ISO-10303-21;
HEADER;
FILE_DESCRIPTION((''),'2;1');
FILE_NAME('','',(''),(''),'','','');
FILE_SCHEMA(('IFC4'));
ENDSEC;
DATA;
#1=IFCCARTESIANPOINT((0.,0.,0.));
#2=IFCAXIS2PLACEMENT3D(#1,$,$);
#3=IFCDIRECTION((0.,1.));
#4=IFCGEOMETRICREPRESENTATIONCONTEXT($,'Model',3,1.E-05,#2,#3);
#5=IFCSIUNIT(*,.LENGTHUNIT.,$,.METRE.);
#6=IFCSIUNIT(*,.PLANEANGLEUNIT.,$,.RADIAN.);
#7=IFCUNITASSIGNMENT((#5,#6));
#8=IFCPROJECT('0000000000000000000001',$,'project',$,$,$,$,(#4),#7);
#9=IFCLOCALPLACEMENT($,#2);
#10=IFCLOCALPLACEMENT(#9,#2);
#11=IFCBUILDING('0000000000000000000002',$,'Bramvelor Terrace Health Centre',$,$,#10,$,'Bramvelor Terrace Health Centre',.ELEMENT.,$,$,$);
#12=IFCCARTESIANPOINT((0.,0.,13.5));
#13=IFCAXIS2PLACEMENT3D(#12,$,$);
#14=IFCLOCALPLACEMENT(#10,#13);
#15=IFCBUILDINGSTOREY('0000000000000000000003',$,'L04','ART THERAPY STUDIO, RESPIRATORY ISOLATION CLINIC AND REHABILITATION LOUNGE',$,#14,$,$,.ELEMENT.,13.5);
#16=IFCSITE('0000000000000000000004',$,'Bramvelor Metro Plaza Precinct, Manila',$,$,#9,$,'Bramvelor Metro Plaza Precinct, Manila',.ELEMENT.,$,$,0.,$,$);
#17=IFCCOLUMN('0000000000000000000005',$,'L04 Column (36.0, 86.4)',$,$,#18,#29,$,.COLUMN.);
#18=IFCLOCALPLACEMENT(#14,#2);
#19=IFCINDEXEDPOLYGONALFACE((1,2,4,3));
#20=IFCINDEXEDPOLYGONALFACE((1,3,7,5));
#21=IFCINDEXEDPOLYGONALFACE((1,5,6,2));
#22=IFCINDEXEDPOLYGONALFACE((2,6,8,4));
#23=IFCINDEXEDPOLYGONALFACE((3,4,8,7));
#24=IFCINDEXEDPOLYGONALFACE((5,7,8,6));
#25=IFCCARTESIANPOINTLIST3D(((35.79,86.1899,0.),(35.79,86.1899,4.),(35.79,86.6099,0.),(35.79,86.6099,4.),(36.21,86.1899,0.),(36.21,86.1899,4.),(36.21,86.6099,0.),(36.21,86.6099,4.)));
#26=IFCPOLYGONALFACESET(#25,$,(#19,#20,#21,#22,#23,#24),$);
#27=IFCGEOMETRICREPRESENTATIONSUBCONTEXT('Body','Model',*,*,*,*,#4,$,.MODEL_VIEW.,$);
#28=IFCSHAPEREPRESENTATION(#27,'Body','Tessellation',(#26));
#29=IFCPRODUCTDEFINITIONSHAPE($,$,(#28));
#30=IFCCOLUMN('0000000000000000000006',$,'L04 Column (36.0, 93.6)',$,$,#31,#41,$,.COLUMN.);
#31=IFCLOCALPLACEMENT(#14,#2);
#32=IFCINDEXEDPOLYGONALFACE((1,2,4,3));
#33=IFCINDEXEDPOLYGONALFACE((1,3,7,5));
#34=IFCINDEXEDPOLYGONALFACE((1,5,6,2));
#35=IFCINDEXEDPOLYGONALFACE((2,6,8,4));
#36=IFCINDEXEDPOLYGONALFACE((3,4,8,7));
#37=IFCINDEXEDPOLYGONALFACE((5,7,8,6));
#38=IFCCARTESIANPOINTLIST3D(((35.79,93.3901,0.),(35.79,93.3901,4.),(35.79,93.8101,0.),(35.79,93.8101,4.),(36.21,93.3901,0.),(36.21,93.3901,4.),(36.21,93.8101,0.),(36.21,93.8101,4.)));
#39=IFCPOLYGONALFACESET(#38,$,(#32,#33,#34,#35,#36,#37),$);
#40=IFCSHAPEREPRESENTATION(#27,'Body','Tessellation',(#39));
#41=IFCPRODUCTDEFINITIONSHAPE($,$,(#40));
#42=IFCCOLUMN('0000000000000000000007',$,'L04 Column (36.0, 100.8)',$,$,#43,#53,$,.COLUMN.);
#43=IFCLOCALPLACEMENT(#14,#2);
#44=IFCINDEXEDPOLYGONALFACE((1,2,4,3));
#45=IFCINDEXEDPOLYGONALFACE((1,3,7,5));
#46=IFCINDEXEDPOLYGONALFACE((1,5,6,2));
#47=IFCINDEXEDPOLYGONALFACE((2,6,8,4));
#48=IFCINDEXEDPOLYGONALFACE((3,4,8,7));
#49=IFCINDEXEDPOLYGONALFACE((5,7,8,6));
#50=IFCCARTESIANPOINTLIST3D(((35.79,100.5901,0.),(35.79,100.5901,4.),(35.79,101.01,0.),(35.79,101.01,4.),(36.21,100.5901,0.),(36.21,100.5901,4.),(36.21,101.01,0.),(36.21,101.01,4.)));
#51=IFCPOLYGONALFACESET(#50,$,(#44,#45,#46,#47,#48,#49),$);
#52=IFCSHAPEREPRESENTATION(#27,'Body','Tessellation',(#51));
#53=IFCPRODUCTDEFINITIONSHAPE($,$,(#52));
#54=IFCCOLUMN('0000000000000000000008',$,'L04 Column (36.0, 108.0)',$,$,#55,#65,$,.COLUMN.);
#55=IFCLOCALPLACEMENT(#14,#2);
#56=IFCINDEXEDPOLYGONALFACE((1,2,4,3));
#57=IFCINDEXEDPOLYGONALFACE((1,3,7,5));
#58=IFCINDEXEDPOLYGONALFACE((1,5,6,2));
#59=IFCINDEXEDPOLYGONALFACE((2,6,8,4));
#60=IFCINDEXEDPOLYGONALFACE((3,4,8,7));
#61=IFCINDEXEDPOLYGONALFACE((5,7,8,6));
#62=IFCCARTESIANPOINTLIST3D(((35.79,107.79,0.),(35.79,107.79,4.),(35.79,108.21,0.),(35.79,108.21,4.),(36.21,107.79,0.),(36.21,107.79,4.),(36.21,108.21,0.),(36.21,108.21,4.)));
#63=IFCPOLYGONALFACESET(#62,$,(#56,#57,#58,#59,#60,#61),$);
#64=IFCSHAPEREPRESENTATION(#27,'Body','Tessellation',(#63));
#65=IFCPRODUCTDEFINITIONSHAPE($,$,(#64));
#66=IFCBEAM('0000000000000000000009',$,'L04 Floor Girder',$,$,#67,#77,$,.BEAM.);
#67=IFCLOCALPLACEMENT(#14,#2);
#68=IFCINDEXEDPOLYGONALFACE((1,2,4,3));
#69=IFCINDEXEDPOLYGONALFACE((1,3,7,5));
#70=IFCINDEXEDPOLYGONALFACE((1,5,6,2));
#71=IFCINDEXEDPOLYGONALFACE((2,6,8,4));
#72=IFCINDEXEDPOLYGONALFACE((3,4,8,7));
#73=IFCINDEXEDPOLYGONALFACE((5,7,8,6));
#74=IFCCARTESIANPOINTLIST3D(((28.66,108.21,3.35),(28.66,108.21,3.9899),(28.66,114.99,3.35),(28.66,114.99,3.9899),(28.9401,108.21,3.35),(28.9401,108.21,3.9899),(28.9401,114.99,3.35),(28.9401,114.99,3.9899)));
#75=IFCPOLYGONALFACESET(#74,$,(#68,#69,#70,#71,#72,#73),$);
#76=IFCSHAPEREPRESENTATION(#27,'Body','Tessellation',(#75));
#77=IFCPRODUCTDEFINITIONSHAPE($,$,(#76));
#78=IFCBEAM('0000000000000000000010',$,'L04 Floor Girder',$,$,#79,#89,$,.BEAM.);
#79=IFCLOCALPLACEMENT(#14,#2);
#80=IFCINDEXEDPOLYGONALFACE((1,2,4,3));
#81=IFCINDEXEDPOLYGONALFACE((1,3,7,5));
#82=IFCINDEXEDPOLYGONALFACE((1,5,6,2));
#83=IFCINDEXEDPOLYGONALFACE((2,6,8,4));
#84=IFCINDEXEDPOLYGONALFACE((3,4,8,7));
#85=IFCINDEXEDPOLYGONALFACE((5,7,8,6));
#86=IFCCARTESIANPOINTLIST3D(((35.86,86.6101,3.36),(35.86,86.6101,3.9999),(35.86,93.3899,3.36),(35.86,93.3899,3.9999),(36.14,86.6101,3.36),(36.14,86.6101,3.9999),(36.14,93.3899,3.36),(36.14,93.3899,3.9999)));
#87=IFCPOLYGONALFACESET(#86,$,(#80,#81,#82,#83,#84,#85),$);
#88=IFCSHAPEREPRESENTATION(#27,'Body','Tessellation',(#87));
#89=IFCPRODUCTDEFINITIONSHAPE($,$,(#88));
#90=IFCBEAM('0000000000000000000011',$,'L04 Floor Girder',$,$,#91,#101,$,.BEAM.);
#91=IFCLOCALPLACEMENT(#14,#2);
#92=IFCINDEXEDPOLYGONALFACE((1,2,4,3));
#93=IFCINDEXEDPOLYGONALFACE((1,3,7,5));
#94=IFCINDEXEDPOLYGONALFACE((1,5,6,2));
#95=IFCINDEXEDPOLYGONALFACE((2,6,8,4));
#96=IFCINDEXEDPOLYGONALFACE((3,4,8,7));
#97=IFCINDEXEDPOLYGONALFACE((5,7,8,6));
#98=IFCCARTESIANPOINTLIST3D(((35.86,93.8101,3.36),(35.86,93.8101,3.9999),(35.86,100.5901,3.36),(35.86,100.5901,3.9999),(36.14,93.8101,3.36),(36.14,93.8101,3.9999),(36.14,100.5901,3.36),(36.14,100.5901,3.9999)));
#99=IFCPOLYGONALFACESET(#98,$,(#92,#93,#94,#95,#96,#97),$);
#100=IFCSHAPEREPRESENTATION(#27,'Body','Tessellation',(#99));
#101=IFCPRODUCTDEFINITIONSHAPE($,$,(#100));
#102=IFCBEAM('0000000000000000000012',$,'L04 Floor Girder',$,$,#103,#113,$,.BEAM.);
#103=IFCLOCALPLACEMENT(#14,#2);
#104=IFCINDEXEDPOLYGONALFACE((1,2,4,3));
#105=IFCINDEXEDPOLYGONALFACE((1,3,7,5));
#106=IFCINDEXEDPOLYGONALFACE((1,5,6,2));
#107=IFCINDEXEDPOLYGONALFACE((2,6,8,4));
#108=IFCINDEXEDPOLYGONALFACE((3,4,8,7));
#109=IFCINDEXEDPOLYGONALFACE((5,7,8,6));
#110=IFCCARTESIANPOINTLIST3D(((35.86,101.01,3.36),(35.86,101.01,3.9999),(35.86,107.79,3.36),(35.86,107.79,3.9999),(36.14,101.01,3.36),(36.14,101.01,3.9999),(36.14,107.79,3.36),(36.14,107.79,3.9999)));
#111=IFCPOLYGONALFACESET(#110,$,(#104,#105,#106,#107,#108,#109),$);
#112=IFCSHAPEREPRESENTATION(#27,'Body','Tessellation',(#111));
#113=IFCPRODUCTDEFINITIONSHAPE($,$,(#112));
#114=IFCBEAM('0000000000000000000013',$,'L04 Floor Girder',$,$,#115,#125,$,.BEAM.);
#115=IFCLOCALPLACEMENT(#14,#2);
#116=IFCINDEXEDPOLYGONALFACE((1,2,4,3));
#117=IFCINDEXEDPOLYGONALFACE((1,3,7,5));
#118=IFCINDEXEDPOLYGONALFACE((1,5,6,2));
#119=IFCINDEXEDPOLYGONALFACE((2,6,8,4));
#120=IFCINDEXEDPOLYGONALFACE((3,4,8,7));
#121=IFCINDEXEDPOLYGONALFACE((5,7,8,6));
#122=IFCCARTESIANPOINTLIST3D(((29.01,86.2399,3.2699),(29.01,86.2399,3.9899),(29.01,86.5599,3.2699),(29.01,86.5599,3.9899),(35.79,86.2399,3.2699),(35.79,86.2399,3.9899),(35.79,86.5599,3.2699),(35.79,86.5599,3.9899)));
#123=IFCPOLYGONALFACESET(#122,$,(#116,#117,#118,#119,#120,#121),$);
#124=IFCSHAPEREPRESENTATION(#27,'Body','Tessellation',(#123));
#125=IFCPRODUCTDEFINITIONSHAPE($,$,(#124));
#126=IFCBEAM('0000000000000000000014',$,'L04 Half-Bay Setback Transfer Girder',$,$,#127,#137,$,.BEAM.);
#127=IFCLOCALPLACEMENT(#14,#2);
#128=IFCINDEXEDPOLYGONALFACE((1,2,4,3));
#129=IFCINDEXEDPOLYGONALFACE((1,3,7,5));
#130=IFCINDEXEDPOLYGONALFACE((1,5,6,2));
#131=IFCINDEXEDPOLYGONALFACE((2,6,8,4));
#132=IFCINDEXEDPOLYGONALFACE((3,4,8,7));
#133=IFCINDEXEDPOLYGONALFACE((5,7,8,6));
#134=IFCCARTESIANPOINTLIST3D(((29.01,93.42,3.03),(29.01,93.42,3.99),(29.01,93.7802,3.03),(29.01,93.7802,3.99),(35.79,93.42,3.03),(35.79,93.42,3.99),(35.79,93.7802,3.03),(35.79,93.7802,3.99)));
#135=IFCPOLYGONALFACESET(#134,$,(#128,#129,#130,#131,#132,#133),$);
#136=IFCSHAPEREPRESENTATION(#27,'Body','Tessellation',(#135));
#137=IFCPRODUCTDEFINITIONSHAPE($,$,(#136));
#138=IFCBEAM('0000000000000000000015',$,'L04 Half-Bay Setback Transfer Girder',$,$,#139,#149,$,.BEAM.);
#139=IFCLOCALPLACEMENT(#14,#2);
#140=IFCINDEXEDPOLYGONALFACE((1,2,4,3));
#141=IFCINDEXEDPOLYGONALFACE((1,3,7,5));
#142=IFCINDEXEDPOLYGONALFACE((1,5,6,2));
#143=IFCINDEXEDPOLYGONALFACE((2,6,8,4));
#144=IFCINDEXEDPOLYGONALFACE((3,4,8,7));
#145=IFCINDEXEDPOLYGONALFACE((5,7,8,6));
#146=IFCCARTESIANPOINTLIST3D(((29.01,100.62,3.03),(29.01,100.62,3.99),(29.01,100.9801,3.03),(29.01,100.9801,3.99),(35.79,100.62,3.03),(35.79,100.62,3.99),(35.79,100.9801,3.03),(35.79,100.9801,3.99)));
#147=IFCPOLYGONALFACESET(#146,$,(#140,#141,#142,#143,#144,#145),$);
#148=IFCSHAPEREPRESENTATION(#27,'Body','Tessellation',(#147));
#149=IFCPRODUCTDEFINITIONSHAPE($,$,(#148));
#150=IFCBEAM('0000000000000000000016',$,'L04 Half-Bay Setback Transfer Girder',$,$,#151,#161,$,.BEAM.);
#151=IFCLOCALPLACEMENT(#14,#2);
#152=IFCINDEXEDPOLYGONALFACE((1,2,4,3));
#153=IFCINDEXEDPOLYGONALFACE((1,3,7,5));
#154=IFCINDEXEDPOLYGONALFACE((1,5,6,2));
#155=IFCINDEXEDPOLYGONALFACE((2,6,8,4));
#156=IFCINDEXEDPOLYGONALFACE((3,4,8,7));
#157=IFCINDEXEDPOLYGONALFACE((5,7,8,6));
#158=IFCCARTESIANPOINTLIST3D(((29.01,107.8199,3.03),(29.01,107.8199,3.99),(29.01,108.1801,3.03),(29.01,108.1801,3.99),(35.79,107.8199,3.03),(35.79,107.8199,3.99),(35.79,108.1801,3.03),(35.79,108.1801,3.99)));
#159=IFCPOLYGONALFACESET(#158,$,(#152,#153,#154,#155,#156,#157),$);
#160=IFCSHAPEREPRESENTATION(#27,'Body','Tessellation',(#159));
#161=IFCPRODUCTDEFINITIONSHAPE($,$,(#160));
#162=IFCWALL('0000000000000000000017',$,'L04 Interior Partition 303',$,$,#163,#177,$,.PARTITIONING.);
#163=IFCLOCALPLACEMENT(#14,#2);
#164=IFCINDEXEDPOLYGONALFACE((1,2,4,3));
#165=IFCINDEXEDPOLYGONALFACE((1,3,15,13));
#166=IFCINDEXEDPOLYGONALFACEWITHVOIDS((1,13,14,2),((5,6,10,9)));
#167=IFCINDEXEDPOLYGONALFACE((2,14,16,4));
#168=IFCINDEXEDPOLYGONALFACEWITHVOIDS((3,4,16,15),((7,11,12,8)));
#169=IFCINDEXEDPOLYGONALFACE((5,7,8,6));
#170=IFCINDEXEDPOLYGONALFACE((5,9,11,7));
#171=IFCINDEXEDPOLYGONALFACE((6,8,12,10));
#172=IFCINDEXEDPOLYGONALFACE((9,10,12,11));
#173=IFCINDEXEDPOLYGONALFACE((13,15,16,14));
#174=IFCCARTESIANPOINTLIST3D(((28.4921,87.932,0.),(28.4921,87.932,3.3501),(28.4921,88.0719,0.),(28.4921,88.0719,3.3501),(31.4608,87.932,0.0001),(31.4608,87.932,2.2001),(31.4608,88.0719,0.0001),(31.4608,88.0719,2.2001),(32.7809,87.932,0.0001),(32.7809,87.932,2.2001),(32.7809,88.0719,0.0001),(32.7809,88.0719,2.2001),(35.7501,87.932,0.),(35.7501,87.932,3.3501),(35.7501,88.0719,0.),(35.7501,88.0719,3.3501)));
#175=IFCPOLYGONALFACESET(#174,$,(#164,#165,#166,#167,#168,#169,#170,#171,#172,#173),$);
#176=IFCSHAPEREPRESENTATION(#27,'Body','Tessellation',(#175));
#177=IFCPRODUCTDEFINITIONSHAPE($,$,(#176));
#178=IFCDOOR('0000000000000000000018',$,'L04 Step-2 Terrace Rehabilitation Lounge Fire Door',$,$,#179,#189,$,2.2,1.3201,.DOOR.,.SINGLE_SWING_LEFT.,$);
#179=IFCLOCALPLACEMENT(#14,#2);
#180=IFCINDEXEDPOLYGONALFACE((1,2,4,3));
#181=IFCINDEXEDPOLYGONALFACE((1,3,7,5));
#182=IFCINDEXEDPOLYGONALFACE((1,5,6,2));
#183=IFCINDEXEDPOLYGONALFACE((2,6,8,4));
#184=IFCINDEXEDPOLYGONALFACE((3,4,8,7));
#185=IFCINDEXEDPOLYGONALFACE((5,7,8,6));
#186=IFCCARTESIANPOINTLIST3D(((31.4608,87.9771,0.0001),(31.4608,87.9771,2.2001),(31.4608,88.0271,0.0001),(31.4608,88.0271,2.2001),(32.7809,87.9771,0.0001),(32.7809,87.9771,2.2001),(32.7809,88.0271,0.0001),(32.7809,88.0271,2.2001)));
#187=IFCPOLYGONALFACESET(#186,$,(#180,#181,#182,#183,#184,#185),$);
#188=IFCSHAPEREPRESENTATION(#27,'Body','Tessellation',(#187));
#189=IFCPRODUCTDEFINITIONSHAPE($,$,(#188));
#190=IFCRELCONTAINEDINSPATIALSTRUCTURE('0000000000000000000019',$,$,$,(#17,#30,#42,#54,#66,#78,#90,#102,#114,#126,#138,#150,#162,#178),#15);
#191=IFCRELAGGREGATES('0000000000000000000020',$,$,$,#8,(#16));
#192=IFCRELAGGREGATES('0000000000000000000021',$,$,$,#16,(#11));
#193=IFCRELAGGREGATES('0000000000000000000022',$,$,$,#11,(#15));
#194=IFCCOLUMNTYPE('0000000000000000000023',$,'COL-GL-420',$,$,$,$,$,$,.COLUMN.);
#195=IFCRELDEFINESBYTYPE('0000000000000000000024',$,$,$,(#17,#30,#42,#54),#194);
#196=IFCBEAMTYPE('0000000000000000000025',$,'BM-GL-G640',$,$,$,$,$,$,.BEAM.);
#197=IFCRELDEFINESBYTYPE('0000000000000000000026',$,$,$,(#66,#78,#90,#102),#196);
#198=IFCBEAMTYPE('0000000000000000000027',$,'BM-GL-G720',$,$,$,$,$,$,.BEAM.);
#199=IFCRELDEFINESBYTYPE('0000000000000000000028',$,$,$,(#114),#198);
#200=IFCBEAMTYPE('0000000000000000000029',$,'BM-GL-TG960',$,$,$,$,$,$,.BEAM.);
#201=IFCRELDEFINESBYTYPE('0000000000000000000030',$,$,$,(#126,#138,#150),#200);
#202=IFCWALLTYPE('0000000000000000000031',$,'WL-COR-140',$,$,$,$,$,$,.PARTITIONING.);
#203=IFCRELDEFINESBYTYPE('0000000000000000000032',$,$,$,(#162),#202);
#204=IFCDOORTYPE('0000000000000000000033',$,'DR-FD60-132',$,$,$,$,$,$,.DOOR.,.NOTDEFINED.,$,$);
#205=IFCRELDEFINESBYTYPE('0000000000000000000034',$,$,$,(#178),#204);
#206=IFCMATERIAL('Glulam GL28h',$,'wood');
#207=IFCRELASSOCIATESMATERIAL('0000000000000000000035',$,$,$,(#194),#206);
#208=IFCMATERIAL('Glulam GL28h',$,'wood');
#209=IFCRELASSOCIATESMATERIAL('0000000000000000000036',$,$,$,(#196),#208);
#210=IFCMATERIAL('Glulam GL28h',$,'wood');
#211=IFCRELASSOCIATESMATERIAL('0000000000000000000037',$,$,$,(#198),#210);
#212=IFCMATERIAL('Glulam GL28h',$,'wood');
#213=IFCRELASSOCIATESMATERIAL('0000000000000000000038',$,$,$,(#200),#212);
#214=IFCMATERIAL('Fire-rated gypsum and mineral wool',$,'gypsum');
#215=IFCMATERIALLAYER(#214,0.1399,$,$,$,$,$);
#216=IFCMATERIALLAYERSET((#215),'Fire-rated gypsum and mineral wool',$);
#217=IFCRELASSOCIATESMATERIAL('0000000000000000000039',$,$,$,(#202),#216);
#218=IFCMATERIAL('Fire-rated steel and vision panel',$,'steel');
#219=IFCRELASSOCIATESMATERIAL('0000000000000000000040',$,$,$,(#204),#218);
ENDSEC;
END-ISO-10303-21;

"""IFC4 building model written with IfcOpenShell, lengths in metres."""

from ifc_helpers import new_model, si_unit, direction, frame, frame_2d, origin, origin_2d, place, context, subcontext, project, spatial, rectangle, extrude, material, layer, layer_set, material_profile, profile_set, type_object, element, fill, save


model = new_model("IFC4")

# Units and contexts
model_context = context("Model", 3, precision=1e-05, world=origin(), true_north=direction((0.0, 1.0)))
body_context = subcontext(model_context, "Body", "Model", "MODEL_VIEW")
ifc_project = project(units=[si_unit("LENGTHUNIT", "METRE"), si_unit("PLANEANGLEUNIT", "RADIAN")], contexts=[model_context])

# Site, building, storey
site_placement = place(None, origin())
site = spatial("IfcSite", under=ifc_project, at=site_placement, Name="Bramvelor Metro Plaza Precinct, Manila", LongName="Bramvelor Metro Plaza Precinct, Manila", CompositionType="ELEMENT", RefElevation=0.0)
building_placement = place(site_placement, origin())
building = spatial("IfcBuilding", under=site, at=building_placement, Name="Bramvelor Terrace Health Centre", LongName="Bramvelor Terrace Health Centre", CompositionType="ELEMENT")
storey_placement = place(building_placement, frame((0.0, 0.0, 13.5)))
storey = spatial("IfcBuildingStorey", under=building, at=storey_placement, Name="L04", Description="ART THERAPY STUDIO, RESPIRATORY ISOLATION CLINIC AND REHABILITATION LOUNGE", CompositionType="ELEMENT", Elevation=13.5)

# Columns
ifc_material_1 = material(Name="Glulam GL28h", Category="wood")
ifc_material_profile_1 = material_profile(ifc_material_1, rectangle(XDim=0.4199, YDim=0.4199, at=origin_2d()), Name="GL 420x420")
ifc_profile_set_1 = profile_set([ifc_material_profile_1], Name="Glulam GL28h")
column_type = type_object("IfcColumnType", Name="COL-GL-420", PredefinedType="COLUMN", material=ifc_profile_set_1)
for number, where, z_axis, x_axis, name in (
    (1, (36.0, 86.3999, 0.0), (0.0, 0.0, 1.0), (1.0, 0.0, 0.0), "L04 Column (36.0, 86.4)"),
    (2, (36.0, 93.6001, 0.0), (0.0, 0.0, 1.0), (1.0, 0.0, 0.0), "L04 Column (36.0, 93.6)"),
    (3, (36.0, 100.8, 0.0), (0.0, 0.0, 1.0), (1.0, 0.0, 0.0), "L04 Column (36.0, 100.8)"),
    (4, (36.0, 108.0, 0.0), (0.0, 0.0, 1.0), (1.0, 0.0, 0.0), "L04 Column (36.0, 108.0)"),
):
    element("IfcColumn", number, at=place(storey_placement, frame(where, z_axis=z_axis, x_axis=x_axis)), inside=storey, type_object=column_type, Name=name, PredefinedType="COLUMN", context=body_context, shape_type="SweptSolid", body=[
        extrude(rectangle(XDim=0.4199, YDim=0.4199, at=origin_2d()), origin(), (0.0, 0.0, 1.0), 4.0),
    ])

# Beams
ifc_material_2 = material(Name="Glulam GL28h", Category="wood")
ifc_material_profile_2 = material_profile(ifc_material_2, rectangle(XDim=0.28, YDim=0.6399, at=origin_2d()), Name="GL 280x640")
ifc_profile_set_2 = profile_set([ifc_material_profile_2], Name="Glulam GL28h")
beam_type_1 = type_object("IfcBeamType", Name="BM-GL-G640", PredefinedType="BEAM", material=ifc_profile_set_2)
beam_1_placement = place(storey_placement, frame((28.8, 108.21, 3.6699), z_axis=(0.0, 1.0, 0.0), x_axis=(-1.0, 0.0, 0.0)))
element("IfcBeam", 5, at=beam_1_placement, inside=storey, type_object=beam_type_1, Name="L04 Floor Girder", PredefinedType="BEAM", context=body_context, shape_type="SweptSolid", body=[
    extrude(rectangle(XDim=0.28, YDim=0.6399, at=origin_2d()), origin(), (0.0, 0.0, 1.0), 6.78),
])
beam_2_placement = place(storey_placement, frame((36.0, 86.6101, 3.6799), z_axis=(0.0, 1.0, 0.0), x_axis=(-1.0, 0.0, 0.0)))
element("IfcBeam", 6, at=beam_2_placement, inside=storey, type_object=beam_type_1, Name="L04 Floor Girder", PredefinedType="BEAM", context=body_context, shape_type="SweptSolid", body=[
    extrude(rectangle(XDim=0.28, YDim=0.6399, at=origin_2d()), origin(), (0.0, 0.0, 1.0), 6.7798),
])
for number, where, z_axis, x_axis, name in (
    (7, (36.0, 93.8101, 3.6799), (0.0, 1.0, 0.0), (-1.0, 0.0, 0.0), "L04 Floor Girder"),
    (8, (36.0, 101.01, 3.6799), (0.0, 1.0, 0.0), (-1.0, 0.0, 0.0), "L04 Floor Girder"),
):
    element("IfcBeam", number, at=place(storey_placement, frame(where, z_axis=z_axis, x_axis=x_axis)), inside=storey, type_object=beam_type_1, Name=name, PredefinedType="BEAM", context=body_context, shape_type="SweptSolid", body=[
        extrude(rectangle(XDim=0.28, YDim=0.6399, at=origin_2d()), origin(), (0.0, 0.0, 1.0), 6.78),
    ])
ifc_material_3 = material(Name="Glulam GL28h", Category="wood")
ifc_material_profile_3 = material_profile(ifc_material_3, rectangle(XDim=0.3201, YDim=0.72, at=origin_2d()), Name="GL 320x720")
ifc_profile_set_3 = profile_set([ifc_material_profile_3], Name="Glulam GL28h")
beam_type_2 = type_object("IfcBeamType", Name="BM-GL-G720", PredefinedType="BEAM", material=ifc_profile_set_3)
beam_3_placement = place(storey_placement, frame((29.01, 86.3999, 3.6299), z_axis=(1.0, 0.0, 0.0), x_axis=(0.0, 1.0, 0.0)))
element("IfcBeam", 9, at=beam_3_placement, inside=storey, type_object=beam_type_2, Name="L04 Floor Girder", PredefinedType="BEAM", context=body_context, shape_type="SweptSolid", body=[
    extrude(rectangle(XDim=0.3201, YDim=0.72, at=origin_2d()), origin(), (0.0, 0.0, 1.0), 6.78),
])
ifc_material_4 = material(Name="Glulam GL28h", Category="wood")
ifc_material_profile_4 = material_profile(ifc_material_4, rectangle(XDim=0.3601, YDim=0.96, at=origin_2d()), Name="GL 360x960")
ifc_profile_set_4 = profile_set([ifc_material_profile_4], Name="Glulam GL28h")
beam_type_3 = type_object("IfcBeamType", Name="BM-GL-TG960", PredefinedType="BEAM", material=ifc_profile_set_4)
for number, where, z_axis, x_axis, name in (
    (10, (29.01, 93.6001, 3.51), (1.0, 0.0, 0.0), (0.0, 1.0, 0.0), "L04 Half-Bay Setback Transfer Girder"),
    (11, (29.01, 100.8, 3.51), (1.0, 0.0, 0.0), (0.0, 1.0, 0.0), "L04 Half-Bay Setback Transfer Girder"),
    (12, (29.01, 108.0, 3.51), (1.0, 0.0, 0.0), (0.0, 1.0, 0.0), "L04 Half-Bay Setback Transfer Girder"),
):
    element("IfcBeam", number, at=place(storey_placement, frame(where, z_axis=z_axis, x_axis=x_axis)), inside=storey, type_object=beam_type_3, Name=name, PredefinedType="BEAM", context=body_context, shape_type="SweptSolid", body=[
        extrude(rectangle(XDim=0.3601, YDim=0.96, at=origin_2d()), origin(), (0.0, 0.0, 1.0), 6.78),
    ])

# Wall, opening, door
ifc_material_5 = material(Name="Fire-rated gypsum and mineral wool", Category="gypsum")
ifc_layer_1 = layer(ifc_material_5, 0.1399)
ifc_layer_set_1 = layer_set([ifc_layer_1], Name="Fire-rated gypsum and mineral wool")
wall_type_1 = type_object("IfcWallType", Name="WL-COR-140", PredefinedType="PARTITIONING", material=ifc_layer_set_1)
wall_1_placement = place(storey_placement, frame((35.75, 88.002, 0.0), z_axis=(0.0, 0.0, 1.0), x_axis=(-1.0, 0.0, 0.0)))
wall_1 = element("IfcWall", 13, at=wall_1_placement, inside=storey, type_object=wall_type_1, Name="L04 Interior Partition 303", PredefinedType="PARTITIONING", context=body_context, shape_type="SweptSolid", body=[
    extrude(rectangle(XDim=7.2581, YDim=0.1399, at=frame_2d((3.6289, 0.0))), origin(), (0.0, 0.0, 1.0), 3.3501),
])
opening_1_placement = place(wall_1_placement, frame((2.969, 0.0, 0.0)))
opening_1 = element("IfcOpeningElement", 14, at=opening_1_placement, cuts=wall_1, PredefinedType="OPENING", context=body_context, shape_type="SweptSolid", body=[
    extrude(rectangle(XDim=1.3201, YDim=2.2, at=frame_2d((0.6602, 1.1001))), frame((0.0, 0.0798, 0.0), z_axis=(0.0, -1.0, 0.0), x_axis=(1.0, 0.0, 0.0)), (0.0, 0.0, 1.0), 0.1599),
])
ifc_material_6 = material(Name="Fire-rated steel and vision panel", Category="steel")
door_type_1 = type_object("IfcDoorType", Name="DR-FD60-132", OperationType="NOTDEFINED", PredefinedType="DOOR", material=ifc_material_6)
door_1_placement = place(opening_1_placement, origin())
door_1 = element("IfcDoor", 15, at=door_1_placement, inside=storey, type_object=door_type_1, Name="L04 Step-2 Terrace Rehabilitation Lounge Fire Door", OperationType="SINGLE_SWING_LEFT", OverallHeight=2.2, OverallWidth=1.3201, PredefinedType="DOOR", context=body_context, shape_type="SweptSolid", body=[
    extrude(rectangle(XDim=1.3201, YDim=2.2, at=frame_2d((0.6602, 1.1001))), frame((0.0, 0.0249, 0.0), z_axis=(0.0, -1.0, 0.0), x_axis=(1.0, 0.0, 0.0)), (0.0, 0.0, 1.0), 0.05),
])
fill(opening_1, door_1)

save(model, "model.ifc")
